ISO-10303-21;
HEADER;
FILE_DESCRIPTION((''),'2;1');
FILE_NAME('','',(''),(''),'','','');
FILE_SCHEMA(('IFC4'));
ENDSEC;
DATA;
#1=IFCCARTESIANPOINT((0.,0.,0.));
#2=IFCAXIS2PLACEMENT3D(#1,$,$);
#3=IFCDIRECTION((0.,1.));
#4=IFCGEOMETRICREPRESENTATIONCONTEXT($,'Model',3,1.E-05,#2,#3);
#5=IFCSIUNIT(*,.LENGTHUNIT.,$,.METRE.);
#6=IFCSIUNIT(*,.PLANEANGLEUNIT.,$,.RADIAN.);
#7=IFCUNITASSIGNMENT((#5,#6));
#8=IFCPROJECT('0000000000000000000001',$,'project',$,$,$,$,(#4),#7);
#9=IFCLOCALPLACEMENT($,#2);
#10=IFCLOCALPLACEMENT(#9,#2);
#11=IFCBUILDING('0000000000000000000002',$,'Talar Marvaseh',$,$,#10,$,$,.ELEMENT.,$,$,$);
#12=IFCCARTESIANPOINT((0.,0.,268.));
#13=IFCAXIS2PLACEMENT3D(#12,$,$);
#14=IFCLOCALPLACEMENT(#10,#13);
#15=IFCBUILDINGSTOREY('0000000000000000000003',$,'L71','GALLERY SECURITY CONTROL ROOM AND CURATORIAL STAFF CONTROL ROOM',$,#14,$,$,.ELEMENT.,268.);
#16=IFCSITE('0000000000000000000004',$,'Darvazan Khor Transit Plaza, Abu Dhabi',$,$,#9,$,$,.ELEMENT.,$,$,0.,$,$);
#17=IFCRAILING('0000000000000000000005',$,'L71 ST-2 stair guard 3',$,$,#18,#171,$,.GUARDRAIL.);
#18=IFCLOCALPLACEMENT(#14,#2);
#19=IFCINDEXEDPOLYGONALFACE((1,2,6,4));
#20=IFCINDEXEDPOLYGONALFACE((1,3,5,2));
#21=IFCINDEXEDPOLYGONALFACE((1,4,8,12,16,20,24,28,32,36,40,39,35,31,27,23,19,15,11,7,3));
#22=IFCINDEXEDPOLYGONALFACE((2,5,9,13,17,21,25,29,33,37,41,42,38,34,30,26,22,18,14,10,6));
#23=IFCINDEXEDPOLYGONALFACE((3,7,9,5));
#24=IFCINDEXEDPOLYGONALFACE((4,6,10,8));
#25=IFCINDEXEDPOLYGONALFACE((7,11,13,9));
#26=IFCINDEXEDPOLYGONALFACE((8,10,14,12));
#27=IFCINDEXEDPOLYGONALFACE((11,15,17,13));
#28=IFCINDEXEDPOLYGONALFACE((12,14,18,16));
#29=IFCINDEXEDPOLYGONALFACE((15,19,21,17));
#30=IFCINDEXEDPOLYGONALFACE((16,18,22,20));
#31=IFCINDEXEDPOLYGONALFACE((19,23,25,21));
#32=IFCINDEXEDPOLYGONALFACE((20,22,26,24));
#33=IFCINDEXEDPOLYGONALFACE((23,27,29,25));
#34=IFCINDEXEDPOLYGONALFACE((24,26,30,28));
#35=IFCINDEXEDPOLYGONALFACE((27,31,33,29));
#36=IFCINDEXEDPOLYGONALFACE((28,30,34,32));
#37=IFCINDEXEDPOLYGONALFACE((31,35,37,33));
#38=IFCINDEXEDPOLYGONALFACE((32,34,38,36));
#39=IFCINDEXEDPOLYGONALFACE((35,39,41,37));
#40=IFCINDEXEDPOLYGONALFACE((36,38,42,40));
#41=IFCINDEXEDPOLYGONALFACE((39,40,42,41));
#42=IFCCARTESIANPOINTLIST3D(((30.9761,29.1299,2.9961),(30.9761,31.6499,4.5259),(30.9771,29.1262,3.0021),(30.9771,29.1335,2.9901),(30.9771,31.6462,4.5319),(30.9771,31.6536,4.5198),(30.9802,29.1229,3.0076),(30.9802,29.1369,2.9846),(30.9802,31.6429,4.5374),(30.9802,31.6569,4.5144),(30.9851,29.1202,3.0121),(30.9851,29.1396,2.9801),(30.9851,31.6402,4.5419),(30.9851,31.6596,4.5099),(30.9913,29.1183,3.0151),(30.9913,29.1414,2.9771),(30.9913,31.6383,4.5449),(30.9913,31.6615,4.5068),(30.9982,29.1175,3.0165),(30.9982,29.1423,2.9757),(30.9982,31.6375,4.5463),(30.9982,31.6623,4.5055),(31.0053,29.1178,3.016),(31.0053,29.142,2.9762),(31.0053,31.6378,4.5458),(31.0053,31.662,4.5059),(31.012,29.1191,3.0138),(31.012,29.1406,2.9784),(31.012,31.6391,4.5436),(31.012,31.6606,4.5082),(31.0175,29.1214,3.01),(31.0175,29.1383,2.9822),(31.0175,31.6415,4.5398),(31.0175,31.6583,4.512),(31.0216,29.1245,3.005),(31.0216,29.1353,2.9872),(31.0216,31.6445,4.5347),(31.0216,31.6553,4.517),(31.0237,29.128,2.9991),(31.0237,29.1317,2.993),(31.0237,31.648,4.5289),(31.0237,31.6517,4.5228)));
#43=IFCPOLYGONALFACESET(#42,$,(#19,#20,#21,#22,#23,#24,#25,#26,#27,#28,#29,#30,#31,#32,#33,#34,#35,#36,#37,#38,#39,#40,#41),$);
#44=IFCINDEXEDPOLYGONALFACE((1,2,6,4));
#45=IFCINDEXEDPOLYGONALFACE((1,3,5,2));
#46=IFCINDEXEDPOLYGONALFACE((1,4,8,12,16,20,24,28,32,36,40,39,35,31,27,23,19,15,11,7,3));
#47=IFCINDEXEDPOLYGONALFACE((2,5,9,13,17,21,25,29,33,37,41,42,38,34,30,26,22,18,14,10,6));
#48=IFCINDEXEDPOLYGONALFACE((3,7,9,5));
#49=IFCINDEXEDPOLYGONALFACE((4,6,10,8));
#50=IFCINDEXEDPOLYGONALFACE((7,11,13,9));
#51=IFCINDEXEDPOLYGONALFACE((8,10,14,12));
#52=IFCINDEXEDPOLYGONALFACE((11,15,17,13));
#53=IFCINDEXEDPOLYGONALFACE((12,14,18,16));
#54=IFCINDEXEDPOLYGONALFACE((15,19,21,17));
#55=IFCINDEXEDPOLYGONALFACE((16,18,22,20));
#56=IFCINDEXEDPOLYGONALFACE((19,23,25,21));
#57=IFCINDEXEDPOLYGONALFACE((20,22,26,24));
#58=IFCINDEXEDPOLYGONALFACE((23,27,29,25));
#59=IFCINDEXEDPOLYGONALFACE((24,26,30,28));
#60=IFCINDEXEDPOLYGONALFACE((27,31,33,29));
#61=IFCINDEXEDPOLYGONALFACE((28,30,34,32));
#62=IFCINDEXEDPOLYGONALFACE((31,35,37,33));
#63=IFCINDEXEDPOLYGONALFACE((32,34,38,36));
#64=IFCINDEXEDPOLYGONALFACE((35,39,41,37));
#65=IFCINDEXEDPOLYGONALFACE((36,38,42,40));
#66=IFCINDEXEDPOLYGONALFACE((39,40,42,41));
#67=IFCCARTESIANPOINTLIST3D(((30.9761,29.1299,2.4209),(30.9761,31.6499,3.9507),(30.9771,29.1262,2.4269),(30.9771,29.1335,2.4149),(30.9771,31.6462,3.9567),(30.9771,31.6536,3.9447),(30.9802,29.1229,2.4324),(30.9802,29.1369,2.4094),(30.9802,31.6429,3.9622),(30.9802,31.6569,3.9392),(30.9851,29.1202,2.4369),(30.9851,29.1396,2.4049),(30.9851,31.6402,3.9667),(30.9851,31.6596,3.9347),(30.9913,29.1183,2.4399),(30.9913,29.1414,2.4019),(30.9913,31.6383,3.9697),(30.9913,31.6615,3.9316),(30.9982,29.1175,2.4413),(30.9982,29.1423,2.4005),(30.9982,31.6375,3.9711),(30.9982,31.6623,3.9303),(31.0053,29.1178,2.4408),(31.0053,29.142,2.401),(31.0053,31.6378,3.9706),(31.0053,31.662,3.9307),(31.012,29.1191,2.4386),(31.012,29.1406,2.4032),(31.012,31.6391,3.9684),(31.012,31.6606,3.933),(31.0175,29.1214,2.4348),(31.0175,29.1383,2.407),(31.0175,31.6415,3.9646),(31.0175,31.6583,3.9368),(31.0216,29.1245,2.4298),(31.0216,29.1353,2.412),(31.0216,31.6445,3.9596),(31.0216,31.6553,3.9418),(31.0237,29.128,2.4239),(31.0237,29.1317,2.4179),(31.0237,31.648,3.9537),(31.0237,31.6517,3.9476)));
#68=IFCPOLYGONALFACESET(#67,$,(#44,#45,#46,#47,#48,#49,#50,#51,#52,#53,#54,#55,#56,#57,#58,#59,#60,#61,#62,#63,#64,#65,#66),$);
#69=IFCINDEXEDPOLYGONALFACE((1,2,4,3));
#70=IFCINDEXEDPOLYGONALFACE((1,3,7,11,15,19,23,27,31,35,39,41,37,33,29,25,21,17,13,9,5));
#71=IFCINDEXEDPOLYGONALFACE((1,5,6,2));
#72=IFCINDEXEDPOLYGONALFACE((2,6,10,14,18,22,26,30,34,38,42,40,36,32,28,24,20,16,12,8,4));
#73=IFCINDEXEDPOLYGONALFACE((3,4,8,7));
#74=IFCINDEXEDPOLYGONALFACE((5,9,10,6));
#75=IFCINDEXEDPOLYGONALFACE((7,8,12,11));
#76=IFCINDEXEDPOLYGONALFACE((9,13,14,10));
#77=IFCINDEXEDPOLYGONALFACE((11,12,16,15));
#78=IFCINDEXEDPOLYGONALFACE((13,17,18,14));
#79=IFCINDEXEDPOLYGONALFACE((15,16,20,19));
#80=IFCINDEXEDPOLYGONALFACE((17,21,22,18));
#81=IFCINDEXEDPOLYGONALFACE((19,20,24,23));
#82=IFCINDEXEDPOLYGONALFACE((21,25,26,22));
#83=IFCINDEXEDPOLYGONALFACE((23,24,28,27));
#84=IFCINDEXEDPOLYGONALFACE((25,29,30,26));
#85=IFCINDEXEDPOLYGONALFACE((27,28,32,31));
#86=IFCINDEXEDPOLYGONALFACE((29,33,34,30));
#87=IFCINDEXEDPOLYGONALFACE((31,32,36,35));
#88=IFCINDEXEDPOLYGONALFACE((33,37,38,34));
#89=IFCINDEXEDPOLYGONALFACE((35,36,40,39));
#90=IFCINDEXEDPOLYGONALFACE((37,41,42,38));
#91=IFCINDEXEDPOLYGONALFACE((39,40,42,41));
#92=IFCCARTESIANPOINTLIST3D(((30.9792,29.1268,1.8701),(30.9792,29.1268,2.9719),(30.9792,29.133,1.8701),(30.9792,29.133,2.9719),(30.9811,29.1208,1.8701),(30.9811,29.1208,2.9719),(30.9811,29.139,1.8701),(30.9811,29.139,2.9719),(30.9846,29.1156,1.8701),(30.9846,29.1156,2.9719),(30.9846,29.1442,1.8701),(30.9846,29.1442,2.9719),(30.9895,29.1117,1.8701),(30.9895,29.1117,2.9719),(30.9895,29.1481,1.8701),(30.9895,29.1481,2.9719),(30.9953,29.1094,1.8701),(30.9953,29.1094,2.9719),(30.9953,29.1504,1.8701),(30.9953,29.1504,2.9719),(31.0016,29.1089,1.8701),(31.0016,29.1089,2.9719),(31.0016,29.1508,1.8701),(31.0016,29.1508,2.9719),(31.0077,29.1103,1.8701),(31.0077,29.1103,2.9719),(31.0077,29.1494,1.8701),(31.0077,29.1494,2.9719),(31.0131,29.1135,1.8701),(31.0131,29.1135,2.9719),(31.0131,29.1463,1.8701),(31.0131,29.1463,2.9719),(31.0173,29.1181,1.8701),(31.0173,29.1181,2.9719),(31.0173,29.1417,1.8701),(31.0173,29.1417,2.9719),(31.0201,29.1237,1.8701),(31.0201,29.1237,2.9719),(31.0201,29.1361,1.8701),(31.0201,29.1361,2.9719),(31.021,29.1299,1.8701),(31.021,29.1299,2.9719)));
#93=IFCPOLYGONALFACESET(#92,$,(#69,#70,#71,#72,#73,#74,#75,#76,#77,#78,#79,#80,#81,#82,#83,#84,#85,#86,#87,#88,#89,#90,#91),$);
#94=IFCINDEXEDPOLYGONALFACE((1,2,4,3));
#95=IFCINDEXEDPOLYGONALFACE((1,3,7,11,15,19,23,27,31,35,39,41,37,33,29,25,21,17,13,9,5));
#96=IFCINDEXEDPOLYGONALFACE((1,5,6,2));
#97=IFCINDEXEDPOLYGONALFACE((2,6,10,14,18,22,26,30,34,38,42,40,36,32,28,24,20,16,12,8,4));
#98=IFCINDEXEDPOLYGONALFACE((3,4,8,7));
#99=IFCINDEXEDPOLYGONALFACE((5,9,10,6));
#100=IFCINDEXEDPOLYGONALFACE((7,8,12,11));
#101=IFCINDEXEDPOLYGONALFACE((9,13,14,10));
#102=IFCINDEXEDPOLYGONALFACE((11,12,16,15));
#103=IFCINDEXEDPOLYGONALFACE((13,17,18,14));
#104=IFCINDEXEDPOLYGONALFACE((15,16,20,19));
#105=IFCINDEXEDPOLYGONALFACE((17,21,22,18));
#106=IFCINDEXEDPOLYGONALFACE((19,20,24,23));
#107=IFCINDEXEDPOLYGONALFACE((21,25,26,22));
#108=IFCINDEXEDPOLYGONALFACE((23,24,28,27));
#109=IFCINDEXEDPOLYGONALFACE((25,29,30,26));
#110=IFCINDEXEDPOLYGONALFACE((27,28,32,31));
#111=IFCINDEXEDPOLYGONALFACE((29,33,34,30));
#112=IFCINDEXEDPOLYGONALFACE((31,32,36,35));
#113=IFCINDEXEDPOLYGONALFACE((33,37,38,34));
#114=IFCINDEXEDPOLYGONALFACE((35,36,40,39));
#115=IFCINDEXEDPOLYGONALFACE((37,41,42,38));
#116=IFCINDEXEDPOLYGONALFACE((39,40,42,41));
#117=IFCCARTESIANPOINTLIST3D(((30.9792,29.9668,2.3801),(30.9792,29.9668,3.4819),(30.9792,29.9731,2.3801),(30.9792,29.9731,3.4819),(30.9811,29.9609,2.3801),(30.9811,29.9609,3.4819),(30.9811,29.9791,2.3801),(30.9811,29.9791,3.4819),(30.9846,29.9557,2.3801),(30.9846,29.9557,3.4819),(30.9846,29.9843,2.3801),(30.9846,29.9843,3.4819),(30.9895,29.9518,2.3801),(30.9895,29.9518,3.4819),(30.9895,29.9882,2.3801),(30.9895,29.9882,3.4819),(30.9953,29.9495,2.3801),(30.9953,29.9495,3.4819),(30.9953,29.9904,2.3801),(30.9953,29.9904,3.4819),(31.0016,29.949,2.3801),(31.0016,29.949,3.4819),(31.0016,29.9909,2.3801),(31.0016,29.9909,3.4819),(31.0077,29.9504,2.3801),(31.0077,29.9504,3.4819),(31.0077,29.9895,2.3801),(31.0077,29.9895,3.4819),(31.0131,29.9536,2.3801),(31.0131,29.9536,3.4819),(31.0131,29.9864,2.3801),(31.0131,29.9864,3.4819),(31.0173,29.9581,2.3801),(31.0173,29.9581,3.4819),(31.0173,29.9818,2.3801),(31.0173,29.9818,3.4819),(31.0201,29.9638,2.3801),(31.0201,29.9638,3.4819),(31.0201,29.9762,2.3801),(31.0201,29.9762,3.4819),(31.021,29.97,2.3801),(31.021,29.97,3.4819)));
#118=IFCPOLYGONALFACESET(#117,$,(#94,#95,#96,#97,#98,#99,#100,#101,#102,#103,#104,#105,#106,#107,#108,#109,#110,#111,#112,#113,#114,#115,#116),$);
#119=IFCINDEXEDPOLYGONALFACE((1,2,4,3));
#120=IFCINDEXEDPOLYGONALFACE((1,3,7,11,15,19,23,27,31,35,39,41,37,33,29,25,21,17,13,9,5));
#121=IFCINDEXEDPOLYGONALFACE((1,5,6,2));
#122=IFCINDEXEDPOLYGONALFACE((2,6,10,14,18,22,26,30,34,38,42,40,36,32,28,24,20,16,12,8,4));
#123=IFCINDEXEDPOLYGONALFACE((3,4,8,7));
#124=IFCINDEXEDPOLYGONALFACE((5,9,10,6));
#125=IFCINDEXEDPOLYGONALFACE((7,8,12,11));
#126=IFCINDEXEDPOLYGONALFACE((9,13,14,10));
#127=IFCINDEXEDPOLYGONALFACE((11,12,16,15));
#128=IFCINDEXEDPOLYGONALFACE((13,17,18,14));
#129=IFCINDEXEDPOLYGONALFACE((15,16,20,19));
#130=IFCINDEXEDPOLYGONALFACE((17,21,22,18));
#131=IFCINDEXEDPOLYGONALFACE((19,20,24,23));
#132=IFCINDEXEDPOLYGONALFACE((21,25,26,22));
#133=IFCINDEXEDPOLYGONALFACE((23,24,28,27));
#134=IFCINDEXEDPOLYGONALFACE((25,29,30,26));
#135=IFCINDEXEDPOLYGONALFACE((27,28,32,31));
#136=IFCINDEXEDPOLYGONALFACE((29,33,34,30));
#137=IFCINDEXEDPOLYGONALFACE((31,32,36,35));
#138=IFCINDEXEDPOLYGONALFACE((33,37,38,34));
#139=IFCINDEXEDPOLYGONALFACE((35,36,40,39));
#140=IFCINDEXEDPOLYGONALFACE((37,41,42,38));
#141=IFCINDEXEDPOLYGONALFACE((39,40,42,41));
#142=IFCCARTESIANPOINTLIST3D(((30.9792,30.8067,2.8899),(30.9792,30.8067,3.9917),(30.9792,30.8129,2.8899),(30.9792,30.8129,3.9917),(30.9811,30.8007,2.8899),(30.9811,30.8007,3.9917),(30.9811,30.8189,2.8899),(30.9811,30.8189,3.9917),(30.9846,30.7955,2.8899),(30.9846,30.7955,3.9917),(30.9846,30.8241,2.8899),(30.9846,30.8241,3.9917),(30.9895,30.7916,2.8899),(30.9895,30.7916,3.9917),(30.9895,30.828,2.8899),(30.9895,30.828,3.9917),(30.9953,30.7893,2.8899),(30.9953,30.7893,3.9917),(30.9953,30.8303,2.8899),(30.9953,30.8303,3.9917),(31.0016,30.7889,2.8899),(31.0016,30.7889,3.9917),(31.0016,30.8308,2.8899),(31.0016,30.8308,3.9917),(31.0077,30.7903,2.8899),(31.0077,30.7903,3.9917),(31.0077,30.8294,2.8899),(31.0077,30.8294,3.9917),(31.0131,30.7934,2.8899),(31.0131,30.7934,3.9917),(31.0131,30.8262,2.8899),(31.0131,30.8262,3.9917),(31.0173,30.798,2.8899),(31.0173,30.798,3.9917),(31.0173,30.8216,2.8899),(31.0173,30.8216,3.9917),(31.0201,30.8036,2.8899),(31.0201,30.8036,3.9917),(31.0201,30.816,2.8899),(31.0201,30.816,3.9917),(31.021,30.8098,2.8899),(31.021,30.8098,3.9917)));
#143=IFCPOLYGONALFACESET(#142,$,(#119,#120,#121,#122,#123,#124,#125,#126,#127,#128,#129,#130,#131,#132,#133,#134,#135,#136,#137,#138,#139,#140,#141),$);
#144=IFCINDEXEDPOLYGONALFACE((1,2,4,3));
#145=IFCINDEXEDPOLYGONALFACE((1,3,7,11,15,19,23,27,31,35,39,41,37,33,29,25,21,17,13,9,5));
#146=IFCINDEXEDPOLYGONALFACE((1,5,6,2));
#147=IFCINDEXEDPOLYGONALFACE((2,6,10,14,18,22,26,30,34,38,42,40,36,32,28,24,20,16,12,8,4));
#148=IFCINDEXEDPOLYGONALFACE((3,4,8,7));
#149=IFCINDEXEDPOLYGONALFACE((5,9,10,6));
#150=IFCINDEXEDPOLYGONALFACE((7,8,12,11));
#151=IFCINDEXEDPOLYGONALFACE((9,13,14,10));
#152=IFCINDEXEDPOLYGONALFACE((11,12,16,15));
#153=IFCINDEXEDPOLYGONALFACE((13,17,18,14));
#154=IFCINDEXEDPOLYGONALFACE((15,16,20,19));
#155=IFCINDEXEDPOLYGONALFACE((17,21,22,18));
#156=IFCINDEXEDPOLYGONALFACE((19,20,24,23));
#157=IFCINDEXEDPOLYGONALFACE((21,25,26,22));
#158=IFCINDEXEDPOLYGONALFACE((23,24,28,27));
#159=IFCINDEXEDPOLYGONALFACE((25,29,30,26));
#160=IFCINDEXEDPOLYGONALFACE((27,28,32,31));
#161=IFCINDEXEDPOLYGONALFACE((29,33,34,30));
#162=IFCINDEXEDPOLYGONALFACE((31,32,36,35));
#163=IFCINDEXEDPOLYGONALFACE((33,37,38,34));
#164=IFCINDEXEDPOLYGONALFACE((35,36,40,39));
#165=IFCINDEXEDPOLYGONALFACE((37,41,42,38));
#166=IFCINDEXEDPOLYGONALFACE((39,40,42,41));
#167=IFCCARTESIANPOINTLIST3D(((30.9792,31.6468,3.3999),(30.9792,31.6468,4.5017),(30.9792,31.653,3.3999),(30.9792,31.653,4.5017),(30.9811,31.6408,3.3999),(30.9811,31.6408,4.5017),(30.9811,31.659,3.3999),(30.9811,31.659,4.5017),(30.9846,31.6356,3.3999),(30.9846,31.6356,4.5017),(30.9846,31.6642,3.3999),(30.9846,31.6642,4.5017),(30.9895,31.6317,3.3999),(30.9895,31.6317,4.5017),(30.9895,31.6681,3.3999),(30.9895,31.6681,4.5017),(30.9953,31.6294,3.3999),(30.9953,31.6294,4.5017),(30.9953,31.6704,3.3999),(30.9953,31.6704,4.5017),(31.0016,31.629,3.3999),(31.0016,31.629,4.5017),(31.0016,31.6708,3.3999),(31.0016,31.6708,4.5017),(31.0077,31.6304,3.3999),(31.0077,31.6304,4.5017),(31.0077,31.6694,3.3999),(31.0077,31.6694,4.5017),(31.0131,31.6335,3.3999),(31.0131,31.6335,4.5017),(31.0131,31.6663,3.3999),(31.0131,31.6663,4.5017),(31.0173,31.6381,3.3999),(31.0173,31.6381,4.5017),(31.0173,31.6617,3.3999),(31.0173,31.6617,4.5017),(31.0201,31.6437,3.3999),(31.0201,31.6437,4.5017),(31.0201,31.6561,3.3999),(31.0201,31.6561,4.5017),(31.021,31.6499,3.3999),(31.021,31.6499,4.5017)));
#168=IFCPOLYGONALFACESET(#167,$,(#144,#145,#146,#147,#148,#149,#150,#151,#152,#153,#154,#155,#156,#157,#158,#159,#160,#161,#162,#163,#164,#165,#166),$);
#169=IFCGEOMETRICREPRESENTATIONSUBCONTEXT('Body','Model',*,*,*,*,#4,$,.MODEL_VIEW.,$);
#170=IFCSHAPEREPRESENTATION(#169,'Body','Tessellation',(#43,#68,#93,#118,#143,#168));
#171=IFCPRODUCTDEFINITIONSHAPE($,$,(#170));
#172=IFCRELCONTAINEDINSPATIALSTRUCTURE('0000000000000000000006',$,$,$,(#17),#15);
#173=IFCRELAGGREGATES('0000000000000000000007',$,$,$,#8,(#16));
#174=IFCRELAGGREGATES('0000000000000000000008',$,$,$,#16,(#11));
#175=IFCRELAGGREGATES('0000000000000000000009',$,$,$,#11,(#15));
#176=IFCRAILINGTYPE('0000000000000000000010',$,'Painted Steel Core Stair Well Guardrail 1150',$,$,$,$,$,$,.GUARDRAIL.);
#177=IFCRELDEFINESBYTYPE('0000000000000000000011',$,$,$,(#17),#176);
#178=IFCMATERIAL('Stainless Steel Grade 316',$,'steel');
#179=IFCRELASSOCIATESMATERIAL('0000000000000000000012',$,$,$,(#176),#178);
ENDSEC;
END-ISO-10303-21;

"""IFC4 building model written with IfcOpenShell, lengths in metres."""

from ifc_helpers import new_model, si_unit, direction, frame, origin, origin_2d, place, context, subcontext, project, spatial, circle, extrude, material, type_object, element, save


model = new_model("IFC4")

# Units and contexts
model_context = context("Model", 3, precision=1e-05, world=origin(), true_north=direction((0.0, 1.0)))
body_context = subcontext(model_context, "Body", "Model", "MODEL_VIEW")
ifc_project = project(units=[si_unit("LENGTHUNIT", "METRE"), si_unit("PLANEANGLEUNIT", "RADIAN")], contexts=[model_context])

# Site, building, storey
site_placement = place(None, origin())
site = spatial("IfcSite", under=ifc_project, at=site_placement, Name="Darvazan Khor Transit Plaza, Abu Dhabi", CompositionType="ELEMENT", RefElevation=0.0)
building_placement = place(site_placement, origin())
building = spatial("IfcBuilding", under=site, at=building_placement, Name="Talar Marvaseh", CompositionType="ELEMENT")
storey_placement = place(building_placement, frame((0.0, 0.0, 268.0)))
storey = spatial("IfcBuildingStorey", under=building, at=storey_placement, Name="L71", Description="GALLERY SECURITY CONTROL ROOM AND CURATORIAL STAFF CONTROL ROOM", CompositionType="ELEMENT", Elevation=268.0)

# Shared definitions
ifc_material_1 = material(Name="Stainless Steel Grade 316", Category="steel")

# Railing
railing_type_1 = type_object("IfcRailingType", Name="Painted Steel Core Stair Well Guardrail 1150", PredefinedType="GUARDRAIL", material=ifc_material_1)
railing_1_placement = place(storey_placement, frame((31.0, 29.1299, 1.8701)))
element("IfcRailing", 1, at=railing_1_placement, inside=storey, type_object=railing_type_1, Name="L71 ST-2 stair guard 3", PredefinedType="GUARDRAIL", context=body_context, shape_type="SweptSolid", body=[
    extrude(circle(Radius=0.0239, at=origin_2d()), frame((0.0, 0.0, 1.126), z_axis=(0.0, 0.854822, 0.518922), x_axis=(-1.0, 0.0, 0.0)), (0.0, 0.0, 1.0), 2.948),
    extrude(circle(Radius=0.0239, at=origin_2d()), frame((0.0, 0.0, 0.5508), z_axis=(0.0, 0.854822, 0.518922), x_axis=(-1.0, 0.0, 0.0)), (0.0, 0.0, 1.0), 2.948),
    extrude(circle(Radius=0.021, at=origin_2d()), origin(), (0.0, 0.0, 1.0), 1.1018),
    extrude(circle(Radius=0.021, at=origin_2d()), frame((0.0, 0.8401, 0.51)), (0.0, 0.0, 1.0), 1.1018),
    extrude(circle(Radius=0.021, at=origin_2d()), frame((0.0, 1.6799, 1.0198)), (0.0, 0.0, 1.0), 1.1018),
    extrude(circle(Radius=0.021, at=origin_2d()), frame((0.0, 2.52, 1.5298)), (0.0, 0.0, 1.0), 1.1018),
])

save(model, "model.ifc")
